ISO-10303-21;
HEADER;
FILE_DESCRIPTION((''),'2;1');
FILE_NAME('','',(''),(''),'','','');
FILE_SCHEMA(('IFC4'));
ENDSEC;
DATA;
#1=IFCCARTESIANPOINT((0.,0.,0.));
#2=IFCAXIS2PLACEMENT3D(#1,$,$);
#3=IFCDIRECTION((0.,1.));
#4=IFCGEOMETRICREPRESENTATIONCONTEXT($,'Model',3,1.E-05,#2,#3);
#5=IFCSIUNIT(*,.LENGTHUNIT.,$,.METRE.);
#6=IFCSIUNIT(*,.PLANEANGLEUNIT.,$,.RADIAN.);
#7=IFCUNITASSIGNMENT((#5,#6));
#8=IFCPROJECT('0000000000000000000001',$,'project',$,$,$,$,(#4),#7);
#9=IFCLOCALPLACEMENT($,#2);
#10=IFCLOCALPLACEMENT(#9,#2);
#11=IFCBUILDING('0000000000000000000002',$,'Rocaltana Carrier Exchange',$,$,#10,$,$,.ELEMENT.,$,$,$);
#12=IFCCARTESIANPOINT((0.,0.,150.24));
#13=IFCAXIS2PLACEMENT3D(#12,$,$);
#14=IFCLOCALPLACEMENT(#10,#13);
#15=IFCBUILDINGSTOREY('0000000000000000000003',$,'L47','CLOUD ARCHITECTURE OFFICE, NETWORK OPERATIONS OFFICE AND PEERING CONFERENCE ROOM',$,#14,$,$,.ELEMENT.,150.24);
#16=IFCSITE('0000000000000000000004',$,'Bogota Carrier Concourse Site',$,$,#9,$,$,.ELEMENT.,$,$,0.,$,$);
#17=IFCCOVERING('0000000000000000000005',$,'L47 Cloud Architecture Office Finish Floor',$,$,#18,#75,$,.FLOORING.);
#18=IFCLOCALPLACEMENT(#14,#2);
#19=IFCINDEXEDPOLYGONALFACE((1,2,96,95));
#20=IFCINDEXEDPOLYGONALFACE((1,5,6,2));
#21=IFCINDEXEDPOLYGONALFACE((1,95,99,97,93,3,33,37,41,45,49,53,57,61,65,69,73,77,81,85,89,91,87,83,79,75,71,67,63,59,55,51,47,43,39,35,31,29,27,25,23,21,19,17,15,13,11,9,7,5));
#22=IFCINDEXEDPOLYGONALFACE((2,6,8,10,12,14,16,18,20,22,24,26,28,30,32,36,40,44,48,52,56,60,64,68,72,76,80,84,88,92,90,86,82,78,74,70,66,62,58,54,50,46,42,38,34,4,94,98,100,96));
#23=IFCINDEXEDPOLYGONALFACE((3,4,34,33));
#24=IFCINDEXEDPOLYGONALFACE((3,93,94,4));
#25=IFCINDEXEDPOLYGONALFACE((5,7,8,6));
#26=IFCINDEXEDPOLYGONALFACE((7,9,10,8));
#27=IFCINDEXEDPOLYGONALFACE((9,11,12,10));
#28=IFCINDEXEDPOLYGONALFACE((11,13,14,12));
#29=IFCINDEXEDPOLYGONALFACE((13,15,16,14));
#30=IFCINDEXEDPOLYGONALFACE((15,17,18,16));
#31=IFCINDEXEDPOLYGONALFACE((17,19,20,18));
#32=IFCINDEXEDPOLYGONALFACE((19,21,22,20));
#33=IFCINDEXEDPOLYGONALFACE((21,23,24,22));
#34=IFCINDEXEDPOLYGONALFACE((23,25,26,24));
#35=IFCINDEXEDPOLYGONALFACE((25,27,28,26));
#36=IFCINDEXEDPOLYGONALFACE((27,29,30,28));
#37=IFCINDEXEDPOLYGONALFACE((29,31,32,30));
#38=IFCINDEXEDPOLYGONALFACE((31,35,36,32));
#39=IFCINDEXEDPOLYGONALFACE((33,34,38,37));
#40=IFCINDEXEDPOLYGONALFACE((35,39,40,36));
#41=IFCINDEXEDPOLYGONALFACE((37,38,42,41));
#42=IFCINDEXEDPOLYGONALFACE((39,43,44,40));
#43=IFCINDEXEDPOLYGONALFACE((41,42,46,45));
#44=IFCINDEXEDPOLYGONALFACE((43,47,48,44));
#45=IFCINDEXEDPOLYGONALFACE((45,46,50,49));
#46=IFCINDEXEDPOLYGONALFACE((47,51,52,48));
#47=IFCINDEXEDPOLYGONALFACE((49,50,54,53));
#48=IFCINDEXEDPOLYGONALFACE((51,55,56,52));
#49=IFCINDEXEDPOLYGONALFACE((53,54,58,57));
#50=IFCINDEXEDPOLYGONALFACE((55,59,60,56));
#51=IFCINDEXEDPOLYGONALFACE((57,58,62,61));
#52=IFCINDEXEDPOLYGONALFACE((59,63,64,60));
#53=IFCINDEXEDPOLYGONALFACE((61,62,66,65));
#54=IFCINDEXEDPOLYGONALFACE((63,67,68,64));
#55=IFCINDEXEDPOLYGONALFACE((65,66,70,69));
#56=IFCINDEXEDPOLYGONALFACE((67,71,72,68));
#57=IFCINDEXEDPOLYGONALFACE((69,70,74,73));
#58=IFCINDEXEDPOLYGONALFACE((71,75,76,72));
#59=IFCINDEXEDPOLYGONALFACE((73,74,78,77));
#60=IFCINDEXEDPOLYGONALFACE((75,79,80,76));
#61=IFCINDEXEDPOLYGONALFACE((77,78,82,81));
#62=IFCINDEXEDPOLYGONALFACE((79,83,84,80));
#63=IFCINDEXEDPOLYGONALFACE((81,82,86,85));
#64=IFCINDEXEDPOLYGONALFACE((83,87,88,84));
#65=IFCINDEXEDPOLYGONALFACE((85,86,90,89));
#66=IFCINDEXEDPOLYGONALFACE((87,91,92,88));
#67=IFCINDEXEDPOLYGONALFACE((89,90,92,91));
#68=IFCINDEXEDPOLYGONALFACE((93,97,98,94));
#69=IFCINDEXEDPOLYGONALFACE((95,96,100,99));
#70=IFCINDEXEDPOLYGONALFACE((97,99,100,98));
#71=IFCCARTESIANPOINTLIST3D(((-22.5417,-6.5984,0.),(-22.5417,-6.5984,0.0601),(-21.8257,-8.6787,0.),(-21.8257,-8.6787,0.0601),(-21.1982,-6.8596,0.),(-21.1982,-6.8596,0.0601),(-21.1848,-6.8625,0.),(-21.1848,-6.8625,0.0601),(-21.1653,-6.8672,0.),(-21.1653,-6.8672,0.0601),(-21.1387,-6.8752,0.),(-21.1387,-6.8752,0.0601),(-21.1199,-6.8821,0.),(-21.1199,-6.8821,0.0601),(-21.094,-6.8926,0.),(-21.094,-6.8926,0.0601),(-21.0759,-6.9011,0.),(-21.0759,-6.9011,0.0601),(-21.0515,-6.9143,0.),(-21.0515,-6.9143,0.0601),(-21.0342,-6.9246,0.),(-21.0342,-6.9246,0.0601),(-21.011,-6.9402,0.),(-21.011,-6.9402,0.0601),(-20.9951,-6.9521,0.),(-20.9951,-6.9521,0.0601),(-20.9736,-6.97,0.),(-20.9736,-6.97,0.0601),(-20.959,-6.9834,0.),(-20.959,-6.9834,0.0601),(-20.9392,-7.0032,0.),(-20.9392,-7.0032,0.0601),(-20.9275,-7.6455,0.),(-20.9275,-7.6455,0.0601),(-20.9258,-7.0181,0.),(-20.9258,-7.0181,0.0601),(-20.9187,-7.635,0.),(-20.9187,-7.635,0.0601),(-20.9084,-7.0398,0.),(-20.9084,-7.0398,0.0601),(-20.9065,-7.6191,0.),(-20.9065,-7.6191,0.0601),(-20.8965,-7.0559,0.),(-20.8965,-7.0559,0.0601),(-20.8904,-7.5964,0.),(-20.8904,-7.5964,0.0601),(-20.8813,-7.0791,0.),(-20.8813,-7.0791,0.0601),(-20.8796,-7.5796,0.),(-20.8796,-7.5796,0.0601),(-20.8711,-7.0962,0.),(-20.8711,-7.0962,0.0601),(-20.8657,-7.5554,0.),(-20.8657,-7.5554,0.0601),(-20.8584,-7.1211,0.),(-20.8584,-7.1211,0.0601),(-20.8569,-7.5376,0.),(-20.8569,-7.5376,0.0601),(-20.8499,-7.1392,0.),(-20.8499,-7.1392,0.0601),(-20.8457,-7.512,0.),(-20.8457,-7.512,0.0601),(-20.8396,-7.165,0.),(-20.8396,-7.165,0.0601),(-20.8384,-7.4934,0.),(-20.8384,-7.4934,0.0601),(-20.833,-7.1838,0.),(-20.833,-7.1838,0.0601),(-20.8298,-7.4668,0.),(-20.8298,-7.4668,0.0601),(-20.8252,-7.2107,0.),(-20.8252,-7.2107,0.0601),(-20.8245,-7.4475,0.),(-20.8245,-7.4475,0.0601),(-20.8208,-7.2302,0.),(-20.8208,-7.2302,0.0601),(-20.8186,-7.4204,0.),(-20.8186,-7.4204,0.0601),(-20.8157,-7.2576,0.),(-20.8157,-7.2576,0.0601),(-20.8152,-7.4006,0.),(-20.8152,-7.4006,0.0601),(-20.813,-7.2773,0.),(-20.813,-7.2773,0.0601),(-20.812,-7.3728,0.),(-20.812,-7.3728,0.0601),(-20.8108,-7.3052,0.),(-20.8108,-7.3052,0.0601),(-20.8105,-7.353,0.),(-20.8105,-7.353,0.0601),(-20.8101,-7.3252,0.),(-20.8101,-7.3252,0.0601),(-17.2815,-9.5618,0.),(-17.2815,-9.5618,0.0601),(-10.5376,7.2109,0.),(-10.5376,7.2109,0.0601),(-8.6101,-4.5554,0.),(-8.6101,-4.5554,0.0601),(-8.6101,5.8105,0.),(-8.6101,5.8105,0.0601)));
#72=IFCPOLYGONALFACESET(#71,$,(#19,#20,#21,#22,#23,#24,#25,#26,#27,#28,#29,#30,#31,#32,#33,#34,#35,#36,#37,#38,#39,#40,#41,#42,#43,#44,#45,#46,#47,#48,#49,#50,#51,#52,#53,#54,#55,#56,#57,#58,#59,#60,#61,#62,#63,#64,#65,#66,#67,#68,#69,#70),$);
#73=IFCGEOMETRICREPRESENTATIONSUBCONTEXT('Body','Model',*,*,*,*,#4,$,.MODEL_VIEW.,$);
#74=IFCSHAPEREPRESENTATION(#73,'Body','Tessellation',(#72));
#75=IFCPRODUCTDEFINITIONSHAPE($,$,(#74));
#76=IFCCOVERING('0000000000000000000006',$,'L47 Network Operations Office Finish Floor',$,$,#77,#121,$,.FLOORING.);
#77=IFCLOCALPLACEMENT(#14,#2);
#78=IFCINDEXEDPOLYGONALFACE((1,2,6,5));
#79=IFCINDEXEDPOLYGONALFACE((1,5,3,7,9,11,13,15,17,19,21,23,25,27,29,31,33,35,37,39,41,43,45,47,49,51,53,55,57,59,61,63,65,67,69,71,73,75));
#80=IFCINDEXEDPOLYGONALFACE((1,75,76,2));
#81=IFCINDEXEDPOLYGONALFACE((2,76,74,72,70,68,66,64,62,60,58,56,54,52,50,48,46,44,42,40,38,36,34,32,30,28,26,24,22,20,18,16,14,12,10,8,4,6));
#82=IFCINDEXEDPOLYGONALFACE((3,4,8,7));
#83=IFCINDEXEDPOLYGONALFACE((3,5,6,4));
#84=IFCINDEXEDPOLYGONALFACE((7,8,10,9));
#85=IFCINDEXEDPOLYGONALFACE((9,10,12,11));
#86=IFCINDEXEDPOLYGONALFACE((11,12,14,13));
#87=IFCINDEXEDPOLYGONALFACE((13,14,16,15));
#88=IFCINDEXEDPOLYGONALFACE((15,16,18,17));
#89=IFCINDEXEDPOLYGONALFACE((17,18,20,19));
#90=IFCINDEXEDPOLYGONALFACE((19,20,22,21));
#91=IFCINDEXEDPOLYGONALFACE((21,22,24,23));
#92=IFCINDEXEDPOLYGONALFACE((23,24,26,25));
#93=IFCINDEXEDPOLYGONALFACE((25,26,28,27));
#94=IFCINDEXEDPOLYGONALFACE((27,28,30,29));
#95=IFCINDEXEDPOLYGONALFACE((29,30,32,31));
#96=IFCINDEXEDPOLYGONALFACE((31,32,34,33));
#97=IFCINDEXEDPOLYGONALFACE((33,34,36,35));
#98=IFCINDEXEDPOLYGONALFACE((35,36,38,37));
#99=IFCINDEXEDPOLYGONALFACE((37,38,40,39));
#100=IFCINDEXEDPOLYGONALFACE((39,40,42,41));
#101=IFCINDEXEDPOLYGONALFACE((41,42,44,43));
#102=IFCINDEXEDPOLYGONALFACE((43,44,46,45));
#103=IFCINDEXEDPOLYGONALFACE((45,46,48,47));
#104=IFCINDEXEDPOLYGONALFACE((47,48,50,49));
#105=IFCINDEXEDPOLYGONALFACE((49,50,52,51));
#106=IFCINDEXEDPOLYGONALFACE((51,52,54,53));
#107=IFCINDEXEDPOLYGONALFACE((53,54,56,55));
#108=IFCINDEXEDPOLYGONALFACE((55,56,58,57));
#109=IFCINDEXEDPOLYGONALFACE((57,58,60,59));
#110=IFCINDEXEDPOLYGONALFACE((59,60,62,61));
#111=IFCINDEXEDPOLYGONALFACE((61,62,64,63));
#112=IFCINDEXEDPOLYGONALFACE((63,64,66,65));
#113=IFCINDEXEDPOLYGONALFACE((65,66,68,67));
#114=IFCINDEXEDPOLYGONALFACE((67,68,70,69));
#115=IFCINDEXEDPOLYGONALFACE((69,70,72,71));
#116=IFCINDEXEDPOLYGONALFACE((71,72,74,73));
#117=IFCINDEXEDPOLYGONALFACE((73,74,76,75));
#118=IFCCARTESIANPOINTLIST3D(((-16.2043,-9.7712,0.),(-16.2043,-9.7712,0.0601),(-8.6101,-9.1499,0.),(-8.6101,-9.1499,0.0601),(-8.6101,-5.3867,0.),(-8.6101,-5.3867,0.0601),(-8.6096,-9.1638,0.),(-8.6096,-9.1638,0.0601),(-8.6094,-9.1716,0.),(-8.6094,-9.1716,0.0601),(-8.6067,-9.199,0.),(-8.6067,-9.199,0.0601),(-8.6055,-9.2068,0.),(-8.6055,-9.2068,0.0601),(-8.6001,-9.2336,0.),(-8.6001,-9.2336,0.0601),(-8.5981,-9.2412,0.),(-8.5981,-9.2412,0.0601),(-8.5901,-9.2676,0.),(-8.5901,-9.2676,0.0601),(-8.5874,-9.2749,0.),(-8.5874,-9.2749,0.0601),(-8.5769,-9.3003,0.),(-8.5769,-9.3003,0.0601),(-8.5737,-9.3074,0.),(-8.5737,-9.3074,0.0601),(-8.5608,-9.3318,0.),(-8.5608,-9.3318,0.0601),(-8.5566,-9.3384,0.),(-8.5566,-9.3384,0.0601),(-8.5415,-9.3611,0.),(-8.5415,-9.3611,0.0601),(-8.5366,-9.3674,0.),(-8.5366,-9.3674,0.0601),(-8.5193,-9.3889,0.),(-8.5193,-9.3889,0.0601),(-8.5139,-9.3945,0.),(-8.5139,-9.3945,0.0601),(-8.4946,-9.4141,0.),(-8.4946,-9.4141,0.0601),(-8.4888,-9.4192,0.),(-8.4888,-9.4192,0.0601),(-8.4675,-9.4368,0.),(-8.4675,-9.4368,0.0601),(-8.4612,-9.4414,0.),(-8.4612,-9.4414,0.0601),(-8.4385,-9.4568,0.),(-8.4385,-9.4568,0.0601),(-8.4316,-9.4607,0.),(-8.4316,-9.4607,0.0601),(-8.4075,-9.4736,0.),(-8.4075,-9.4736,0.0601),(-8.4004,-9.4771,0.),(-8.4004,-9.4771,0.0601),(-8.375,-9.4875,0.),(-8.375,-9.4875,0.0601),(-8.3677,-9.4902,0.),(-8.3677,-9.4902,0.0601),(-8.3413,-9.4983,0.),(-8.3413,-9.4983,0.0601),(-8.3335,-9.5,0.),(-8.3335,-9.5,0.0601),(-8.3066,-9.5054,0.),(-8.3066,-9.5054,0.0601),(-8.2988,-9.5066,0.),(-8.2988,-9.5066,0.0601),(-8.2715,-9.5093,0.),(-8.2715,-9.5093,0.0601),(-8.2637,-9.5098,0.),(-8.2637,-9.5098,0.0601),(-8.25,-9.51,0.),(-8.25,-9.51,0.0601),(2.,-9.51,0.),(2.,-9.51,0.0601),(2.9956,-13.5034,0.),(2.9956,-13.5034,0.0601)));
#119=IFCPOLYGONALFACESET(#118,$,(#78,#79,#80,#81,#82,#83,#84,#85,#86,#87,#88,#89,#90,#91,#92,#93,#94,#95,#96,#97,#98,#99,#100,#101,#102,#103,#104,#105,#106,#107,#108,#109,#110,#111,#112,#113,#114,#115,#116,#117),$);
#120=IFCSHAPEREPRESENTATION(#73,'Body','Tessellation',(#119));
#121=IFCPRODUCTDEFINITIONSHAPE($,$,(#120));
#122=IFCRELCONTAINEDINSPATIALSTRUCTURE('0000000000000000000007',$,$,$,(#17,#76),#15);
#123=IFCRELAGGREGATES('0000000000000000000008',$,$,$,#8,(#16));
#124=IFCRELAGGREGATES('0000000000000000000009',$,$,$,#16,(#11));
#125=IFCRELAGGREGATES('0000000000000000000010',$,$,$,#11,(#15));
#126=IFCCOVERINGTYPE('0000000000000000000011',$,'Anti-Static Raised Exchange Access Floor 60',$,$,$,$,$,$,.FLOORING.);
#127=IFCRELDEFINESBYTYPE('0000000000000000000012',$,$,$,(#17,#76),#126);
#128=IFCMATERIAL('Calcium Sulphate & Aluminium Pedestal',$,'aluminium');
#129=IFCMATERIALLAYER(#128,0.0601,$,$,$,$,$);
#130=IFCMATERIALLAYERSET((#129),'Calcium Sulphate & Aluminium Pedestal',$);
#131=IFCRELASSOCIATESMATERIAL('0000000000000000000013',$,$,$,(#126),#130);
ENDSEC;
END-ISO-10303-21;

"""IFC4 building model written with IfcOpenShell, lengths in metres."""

from ifc_helpers import new_model, si_unit, direction, frame, origin, place, context, subcontext, project, spatial, polyline, outline, extrude, material, layer, layer_set, type_object, element, save


model = new_model("IFC4")

# Units and contexts
model_context = context("Model", 3, precision=1e-05, world=origin(), true_north=direction((0.0, 1.0)))
body_context = subcontext(model_context, "Body", "Model", "MODEL_VIEW")
ifc_project = project(units=[si_unit("LENGTHUNIT", "METRE"), si_unit("PLANEANGLEUNIT", "RADIAN")], contexts=[model_context])

# Site, building, storey
site_placement = place(None, origin())
site = spatial("IfcSite", under=ifc_project, at=site_placement, Name="Bogota Carrier Concourse Site", CompositionType="ELEMENT", RefElevation=0.0)
building_placement = place(site_placement, origin())
building = spatial("IfcBuilding", under=site, at=building_placement, Name="Rocaltana Carrier Exchange", CompositionType="ELEMENT")
storey_placement = place(building_placement, frame((0.0, 0.0, 150.24)))
storey = spatial("IfcBuildingStorey", under=building, at=storey_placement, Name="L47", Description="CLOUD ARCHITECTURE OFFICE, NETWORK OPERATIONS OFFICE AND PEERING CONFERENCE ROOM", CompositionType="ELEMENT", Elevation=150.24)

# Coverings
ifc_material_1 = material(Name="Calcium Sulphate & Aluminium Pedestal", Category="aluminium")
ifc_layer_1 = layer(ifc_material_1, 0.0601)
ifc_layer_set_1 = layer_set([ifc_layer_1], Name="Calcium Sulphate & Aluminium Pedestal")
covering_type_1 = type_object("IfcCoveringType", Name="Anti-Static Raised Exchange Access Floor 60", PredefinedType="FLOORING", material=ifc_layer_set_1)
covering_1_placement = place(storey_placement, origin())
element("IfcCovering", 1, at=covering_1_placement, inside=storey, type_object=covering_type_1, Name="L47 Cloud Architecture Office Finish Floor", PredefinedType="FLOORING", context=body_context, shape_type="SweptSolid", body=[
    extrude(outline(polyline([(-20.9275, -7.6455), (-20.9187, -7.635), (-20.9065, -7.6191), (-20.8904, -7.5964), (-20.8796, -7.5796), (-20.8657, -7.5554), (-20.8569, -7.5376), (-20.8457, -7.512), (-20.8384, -7.4934), (-20.8298, -7.4668), (-20.8245, -7.4475), (-20.8186, -7.4204), (-20.8152, -7.4006), (-20.812, -7.3728), (-20.8105, -7.353), (-20.8101, -7.3252), (-20.8108, -7.3052), (-20.813, -7.2773), (-20.8157, -7.2576), (-20.8208, -7.2302), (-20.8252, -7.2107), (-20.833, -7.1838), (-20.8396, -7.165), (-20.8499, -7.1392), (-20.8584, -7.1211), (-20.8711, -7.0962), (-20.8813, -7.0791), (-20.8965, -7.0559), (-20.9084, -7.0398), (-20.9258, -7.0181), (-20.9392, -7.0032), (-20.959, -6.9834), (-20.9736, -6.97), (-20.9951, -6.9521), (-21.011, -6.9402), (-21.0342, -6.9246), (-21.0515, -6.9143), (-21.0759, -6.9011), (-21.094, -6.8926), (-21.1199, -6.8821), (-21.1387, -6.8752), (-21.1653, -6.8672), (-21.1848, -6.8625), (-21.1982, -6.8596), (-22.5417, -6.5984), (-10.5376, 7.2109), (-8.6101, 5.8105), (-8.6101, -4.5554), (-17.2815, -9.5618), (-21.8257, -8.6787), (-20.9275, -7.6455)])), origin(), (0.0, 0.0, 1.0), 0.0601),
])
covering_2_placement = place(storey_placement, origin())
element("IfcCovering", 2, at=covering_2_placement, inside=storey, type_object=covering_type_1, Name="L47 Network Operations Office Finish Floor", PredefinedType="FLOORING", context=body_context, shape_type="SweptSolid", body=[
    extrude(outline(polyline([(-16.2043, -9.7712), (-8.6101, -5.3867), (-8.6101, -9.1499), (-8.6096, -9.1638), (-8.6094, -9.1716), (-8.6067, -9.199), (-8.6055, -9.2068), (-8.6001, -9.2336), (-8.5981, -9.2412), (-8.5901, -9.2676), (-8.5874, -9.2749), (-8.5769, -9.3003), (-8.5737, -9.3074), (-8.5608, -9.3318), (-8.5566, -9.3384), (-8.5415, -9.3611), (-8.5366, -9.3674), (-8.5193, -9.3889), (-8.5139, -9.3945), (-8.4946, -9.4141), (-8.4888, -9.4192), (-8.4675, -9.4368), (-8.4612, -9.4414), (-8.4385, -9.4568), (-8.4316, -9.4607), (-8.4075, -9.4736), (-8.4004, -9.4771), (-8.375, -9.4875), (-8.3677, -9.4902), (-8.3413, -9.4983), (-8.3335, -9.5), (-8.3066, -9.5054), (-8.2988, -9.5066), (-8.2715, -9.5093), (-8.2637, -9.5098), (-8.25, -9.51), (2.0, -9.51), (2.9956, -13.5034), (-16.2043, -9.7712)])), origin(), (0.0, 0.0, 1.0), 0.0601),
])

save(model, "model.ifc")
